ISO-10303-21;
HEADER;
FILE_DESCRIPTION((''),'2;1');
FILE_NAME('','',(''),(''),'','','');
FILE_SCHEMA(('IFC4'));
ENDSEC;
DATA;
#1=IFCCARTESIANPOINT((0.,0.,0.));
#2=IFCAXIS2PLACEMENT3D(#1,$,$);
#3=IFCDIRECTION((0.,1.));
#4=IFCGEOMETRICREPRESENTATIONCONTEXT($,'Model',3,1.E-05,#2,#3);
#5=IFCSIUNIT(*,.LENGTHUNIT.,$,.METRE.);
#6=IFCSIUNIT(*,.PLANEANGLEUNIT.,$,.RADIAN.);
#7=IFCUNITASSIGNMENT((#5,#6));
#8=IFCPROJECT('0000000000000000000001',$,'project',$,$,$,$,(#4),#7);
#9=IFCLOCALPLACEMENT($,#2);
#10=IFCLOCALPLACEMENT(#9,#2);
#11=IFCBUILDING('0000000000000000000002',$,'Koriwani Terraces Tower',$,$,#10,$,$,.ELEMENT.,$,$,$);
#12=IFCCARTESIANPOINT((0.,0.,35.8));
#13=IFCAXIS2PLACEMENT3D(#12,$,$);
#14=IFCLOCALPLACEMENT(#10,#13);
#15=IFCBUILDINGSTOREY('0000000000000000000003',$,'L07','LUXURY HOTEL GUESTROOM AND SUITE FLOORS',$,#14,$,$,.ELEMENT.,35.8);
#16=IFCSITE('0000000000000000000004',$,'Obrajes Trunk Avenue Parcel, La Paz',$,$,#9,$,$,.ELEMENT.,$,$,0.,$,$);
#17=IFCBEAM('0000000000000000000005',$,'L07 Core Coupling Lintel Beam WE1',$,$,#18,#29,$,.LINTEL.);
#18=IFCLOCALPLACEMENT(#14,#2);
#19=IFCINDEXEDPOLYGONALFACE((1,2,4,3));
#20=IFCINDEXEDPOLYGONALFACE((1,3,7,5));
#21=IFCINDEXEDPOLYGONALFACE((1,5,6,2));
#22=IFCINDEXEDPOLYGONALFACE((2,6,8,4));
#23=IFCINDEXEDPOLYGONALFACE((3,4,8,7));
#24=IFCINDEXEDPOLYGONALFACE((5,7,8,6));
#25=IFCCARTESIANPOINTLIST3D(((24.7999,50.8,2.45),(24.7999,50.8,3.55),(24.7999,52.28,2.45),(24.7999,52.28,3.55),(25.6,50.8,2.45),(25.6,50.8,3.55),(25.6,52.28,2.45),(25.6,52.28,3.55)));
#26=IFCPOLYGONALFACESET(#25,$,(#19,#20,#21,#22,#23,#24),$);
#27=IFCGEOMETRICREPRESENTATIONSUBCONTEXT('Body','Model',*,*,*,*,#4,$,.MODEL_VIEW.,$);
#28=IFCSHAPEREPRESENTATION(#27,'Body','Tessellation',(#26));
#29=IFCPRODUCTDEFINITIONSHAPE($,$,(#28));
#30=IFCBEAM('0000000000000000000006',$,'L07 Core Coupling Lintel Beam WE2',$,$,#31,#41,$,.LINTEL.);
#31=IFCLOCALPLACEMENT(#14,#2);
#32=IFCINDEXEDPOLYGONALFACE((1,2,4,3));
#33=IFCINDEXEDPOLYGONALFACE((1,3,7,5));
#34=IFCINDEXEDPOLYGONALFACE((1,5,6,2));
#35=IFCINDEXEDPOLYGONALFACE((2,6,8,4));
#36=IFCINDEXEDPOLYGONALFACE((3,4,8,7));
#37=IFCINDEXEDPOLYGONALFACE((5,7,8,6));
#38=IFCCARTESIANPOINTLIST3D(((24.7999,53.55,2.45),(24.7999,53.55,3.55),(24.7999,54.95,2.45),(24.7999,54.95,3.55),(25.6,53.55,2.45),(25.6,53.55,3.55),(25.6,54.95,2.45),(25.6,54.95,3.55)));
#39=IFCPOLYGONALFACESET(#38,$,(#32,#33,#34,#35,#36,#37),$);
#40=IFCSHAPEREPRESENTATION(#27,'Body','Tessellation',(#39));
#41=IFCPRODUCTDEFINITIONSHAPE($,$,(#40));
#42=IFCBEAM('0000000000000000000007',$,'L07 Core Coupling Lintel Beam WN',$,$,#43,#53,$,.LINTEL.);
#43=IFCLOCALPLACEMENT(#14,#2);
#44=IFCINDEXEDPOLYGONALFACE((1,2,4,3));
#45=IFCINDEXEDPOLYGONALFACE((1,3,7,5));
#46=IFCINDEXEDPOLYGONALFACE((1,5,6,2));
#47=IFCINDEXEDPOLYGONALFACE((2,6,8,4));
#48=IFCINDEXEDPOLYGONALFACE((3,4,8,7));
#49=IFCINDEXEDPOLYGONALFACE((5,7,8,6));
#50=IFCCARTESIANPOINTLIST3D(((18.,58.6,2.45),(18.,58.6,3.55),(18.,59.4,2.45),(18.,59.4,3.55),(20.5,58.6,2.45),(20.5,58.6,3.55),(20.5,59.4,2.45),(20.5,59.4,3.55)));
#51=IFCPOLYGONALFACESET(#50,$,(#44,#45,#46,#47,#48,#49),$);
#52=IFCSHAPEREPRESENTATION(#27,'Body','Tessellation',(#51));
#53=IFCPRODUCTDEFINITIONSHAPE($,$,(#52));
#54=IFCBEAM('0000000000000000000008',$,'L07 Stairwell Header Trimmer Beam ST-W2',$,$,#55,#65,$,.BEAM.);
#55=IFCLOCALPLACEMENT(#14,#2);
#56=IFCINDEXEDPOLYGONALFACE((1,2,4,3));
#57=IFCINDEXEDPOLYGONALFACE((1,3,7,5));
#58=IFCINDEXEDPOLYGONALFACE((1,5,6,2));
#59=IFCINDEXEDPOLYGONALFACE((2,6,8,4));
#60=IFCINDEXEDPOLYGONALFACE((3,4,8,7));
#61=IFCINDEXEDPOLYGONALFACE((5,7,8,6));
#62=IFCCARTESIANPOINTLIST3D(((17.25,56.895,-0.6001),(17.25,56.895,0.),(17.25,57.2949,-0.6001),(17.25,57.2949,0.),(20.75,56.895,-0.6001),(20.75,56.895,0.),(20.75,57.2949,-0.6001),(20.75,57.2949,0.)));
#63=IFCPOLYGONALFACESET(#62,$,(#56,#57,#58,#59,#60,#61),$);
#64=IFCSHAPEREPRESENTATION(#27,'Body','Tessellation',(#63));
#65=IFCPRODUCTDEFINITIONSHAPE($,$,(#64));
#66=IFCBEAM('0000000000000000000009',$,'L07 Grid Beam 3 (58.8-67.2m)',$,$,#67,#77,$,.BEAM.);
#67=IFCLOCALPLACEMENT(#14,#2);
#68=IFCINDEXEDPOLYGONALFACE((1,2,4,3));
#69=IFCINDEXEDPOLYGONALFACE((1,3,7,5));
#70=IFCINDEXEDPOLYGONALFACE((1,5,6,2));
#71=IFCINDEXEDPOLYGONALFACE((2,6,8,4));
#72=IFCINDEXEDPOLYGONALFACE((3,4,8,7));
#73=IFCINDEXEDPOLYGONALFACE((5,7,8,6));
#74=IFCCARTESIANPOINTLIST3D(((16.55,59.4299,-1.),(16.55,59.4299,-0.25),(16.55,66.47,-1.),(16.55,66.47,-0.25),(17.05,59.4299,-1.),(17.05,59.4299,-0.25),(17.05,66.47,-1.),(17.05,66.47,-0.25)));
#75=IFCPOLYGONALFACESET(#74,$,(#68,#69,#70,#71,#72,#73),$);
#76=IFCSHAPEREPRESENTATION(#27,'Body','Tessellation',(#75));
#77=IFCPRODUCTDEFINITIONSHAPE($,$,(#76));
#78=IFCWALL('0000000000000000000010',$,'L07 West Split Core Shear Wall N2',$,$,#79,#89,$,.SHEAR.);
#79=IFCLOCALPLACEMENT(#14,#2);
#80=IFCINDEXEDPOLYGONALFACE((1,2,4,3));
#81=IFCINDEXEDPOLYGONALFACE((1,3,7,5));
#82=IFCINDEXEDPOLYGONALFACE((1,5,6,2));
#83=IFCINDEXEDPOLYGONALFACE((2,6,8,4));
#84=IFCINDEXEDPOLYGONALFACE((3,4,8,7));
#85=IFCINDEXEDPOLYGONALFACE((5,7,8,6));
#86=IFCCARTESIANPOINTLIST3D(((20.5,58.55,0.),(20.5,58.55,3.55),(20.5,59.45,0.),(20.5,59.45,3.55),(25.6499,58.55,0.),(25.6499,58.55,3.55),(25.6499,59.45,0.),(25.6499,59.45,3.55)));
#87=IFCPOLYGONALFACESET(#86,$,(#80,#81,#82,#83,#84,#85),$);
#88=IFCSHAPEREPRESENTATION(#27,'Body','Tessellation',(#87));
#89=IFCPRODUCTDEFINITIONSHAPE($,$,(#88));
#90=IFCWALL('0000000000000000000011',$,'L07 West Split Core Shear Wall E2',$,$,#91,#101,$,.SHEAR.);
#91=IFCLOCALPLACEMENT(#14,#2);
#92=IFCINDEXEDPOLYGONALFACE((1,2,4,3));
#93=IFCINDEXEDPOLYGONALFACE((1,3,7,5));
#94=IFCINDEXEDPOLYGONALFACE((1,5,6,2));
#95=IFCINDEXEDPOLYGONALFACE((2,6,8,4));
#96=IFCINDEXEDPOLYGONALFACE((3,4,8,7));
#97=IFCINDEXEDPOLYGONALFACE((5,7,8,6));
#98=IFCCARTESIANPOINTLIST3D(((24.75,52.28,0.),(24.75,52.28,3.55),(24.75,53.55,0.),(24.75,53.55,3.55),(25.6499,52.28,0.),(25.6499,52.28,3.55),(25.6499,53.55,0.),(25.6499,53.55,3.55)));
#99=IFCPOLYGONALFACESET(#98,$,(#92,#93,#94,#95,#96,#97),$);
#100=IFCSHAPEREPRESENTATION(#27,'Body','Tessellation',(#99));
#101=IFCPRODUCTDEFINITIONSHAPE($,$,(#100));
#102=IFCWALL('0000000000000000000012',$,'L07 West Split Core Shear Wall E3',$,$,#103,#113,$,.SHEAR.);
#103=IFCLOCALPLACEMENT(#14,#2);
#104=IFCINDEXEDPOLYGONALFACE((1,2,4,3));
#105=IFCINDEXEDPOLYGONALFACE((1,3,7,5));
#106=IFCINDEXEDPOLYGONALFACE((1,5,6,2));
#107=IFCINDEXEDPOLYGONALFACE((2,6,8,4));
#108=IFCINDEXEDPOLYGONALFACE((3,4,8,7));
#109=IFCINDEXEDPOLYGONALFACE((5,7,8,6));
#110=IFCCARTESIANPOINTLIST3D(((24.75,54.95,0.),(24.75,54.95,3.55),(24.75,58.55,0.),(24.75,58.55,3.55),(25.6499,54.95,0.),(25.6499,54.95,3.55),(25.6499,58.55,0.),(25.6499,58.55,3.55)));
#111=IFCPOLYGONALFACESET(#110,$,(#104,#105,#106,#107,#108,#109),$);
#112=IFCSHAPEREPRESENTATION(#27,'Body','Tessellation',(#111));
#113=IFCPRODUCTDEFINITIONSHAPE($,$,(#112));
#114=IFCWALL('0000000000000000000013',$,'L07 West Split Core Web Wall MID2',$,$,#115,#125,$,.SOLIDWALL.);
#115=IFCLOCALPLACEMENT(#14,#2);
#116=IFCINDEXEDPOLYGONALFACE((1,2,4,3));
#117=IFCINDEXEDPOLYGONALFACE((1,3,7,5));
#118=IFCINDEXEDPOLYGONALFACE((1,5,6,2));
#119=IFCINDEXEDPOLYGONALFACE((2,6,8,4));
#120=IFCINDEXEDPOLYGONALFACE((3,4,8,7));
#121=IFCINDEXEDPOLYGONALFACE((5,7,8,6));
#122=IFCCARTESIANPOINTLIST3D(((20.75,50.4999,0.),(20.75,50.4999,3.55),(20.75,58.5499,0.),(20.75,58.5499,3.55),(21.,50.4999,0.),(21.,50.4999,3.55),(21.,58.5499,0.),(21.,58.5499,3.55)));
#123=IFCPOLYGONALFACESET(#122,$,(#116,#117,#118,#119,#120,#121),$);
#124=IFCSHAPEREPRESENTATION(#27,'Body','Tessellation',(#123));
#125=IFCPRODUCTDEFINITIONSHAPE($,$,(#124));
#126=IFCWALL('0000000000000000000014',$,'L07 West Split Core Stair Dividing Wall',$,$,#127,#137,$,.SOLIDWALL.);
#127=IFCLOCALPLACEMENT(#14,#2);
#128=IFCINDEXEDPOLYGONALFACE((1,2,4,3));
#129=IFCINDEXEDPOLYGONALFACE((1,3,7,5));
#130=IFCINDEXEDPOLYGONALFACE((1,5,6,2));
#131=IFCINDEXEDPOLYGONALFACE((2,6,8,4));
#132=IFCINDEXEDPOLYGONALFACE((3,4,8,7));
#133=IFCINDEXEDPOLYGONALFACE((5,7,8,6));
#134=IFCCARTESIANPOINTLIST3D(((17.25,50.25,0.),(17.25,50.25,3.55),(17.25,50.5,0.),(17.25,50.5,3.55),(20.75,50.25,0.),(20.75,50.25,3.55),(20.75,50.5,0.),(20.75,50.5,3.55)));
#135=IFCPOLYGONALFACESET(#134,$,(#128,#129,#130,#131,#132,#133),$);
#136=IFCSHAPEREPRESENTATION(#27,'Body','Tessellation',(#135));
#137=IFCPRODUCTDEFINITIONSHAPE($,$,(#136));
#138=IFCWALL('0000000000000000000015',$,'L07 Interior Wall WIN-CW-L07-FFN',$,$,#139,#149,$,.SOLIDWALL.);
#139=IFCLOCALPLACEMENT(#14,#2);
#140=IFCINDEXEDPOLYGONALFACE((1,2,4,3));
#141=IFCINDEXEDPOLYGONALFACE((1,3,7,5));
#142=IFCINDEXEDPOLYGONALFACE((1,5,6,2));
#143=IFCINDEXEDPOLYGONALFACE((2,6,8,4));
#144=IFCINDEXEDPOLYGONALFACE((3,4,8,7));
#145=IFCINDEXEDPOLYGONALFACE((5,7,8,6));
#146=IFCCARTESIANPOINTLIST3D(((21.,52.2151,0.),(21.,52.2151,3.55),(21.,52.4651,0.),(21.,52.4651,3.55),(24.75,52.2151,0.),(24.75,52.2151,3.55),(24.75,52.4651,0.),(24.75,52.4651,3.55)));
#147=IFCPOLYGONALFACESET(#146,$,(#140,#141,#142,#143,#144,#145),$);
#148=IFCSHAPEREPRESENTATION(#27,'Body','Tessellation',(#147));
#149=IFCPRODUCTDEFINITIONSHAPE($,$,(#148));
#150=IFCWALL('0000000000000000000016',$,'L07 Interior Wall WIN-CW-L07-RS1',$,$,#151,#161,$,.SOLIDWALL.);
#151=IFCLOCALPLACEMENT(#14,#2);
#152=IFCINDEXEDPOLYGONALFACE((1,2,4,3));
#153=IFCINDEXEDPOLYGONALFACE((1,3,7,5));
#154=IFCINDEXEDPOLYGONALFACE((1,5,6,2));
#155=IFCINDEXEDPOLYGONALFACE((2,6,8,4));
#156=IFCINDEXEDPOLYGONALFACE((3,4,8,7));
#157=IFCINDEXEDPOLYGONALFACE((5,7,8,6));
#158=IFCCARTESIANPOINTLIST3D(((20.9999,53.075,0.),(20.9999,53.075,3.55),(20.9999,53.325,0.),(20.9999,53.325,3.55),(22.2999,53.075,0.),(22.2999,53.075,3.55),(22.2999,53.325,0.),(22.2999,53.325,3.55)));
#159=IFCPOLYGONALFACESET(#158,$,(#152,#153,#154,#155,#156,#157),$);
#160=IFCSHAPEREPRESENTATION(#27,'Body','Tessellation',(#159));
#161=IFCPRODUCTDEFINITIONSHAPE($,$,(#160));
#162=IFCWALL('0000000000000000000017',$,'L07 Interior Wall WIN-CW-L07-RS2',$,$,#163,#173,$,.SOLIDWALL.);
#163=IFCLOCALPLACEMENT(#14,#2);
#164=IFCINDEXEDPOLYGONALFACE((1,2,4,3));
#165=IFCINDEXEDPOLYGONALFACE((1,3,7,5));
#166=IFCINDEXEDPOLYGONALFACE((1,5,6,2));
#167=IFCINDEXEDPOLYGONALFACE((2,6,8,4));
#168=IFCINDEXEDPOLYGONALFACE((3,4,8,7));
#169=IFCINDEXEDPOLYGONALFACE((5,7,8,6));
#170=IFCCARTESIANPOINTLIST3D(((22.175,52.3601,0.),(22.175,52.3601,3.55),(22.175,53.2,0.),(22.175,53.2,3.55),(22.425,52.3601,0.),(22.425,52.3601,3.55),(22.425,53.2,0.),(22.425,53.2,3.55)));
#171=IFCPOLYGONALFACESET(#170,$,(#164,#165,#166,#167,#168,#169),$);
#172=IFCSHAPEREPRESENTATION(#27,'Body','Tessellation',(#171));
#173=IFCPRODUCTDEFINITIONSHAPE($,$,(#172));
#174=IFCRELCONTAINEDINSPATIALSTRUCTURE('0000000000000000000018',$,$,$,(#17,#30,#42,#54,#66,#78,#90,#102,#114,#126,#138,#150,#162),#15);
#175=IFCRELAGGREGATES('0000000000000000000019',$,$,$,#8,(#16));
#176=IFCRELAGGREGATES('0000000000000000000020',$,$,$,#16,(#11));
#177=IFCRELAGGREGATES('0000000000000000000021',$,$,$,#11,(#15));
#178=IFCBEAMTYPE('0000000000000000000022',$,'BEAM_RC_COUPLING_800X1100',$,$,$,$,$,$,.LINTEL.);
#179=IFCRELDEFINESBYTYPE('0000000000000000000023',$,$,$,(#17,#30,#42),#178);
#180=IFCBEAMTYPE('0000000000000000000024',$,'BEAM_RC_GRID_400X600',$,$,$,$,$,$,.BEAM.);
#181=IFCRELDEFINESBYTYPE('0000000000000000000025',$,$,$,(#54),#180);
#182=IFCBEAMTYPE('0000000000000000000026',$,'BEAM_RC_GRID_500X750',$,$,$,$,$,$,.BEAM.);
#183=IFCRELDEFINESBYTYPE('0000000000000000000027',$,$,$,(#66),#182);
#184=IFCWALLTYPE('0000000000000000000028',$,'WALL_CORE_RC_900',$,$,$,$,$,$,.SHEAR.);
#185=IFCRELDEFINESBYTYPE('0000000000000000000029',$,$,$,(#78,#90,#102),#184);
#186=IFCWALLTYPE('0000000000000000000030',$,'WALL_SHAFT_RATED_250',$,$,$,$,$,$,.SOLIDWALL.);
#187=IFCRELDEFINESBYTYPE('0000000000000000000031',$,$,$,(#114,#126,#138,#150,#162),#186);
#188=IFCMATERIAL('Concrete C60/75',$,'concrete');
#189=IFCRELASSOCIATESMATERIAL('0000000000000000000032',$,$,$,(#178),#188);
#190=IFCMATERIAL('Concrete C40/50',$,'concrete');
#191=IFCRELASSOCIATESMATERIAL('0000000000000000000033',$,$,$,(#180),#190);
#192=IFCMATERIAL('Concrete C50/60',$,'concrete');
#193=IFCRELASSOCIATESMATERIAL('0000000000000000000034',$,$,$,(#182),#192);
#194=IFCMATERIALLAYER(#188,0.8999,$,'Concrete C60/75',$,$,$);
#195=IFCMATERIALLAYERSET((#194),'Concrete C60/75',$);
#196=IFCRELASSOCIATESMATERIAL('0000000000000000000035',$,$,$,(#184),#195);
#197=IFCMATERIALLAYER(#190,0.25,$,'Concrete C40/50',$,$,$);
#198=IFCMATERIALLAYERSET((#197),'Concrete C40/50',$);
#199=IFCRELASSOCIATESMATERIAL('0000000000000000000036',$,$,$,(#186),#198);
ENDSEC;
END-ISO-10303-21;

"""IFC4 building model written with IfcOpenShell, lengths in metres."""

from ifc_helpers import new_model, si_unit, direction, frame, frame_2d, origin, origin_2d, place, context, subcontext, project, spatial, rectangle, extrude, material, layer, layer_set, material_profile, profile_set, type_object, element, save


model = new_model("IFC4")

# Units and contexts
model_context = context("Model", 3, precision=1e-05, world=origin(), true_north=direction((0.0, 1.0)))
body_context = subcontext(model_context, "Body", "Model", "MODEL_VIEW")
ifc_project = project(units=[si_unit("LENGTHUNIT", "METRE"), si_unit("PLANEANGLEUNIT", "RADIAN")], contexts=[model_context])

# Site, building, storey
site_placement = place(None, origin())
site = spatial("IfcSite", under=ifc_project, at=site_placement, Name="Obrajes Trunk Avenue Parcel, La Paz", CompositionType="ELEMENT", RefElevation=0.0)
building_placement = place(site_placement, origin())
building = spatial("IfcBuilding", under=site, at=building_placement, Name="Koriwani Terraces Tower", CompositionType="ELEMENT")
storey_placement = place(building_placement, frame((0.0, 0.0, 35.8)))
storey = spatial("IfcBuildingStorey", under=building, at=storey_placement, Name="L07", Description="LUXURY HOTEL GUESTROOM AND SUITE FLOORS", CompositionType="ELEMENT", Elevation=35.8)

# Beams
ifc_material_1 = material(Name="Concrete C60/75", Category="concrete")
ifc_material_profile_1 = material_profile(ifc_material_1, rectangle(XDim=0.8, YDim=1.1001, at=origin_2d()), Name="Concrete C60/75", Category="LoadBearing")
ifc_profile_set_1 = profile_set([ifc_material_profile_1], Name="Concrete C60/75")
beam_type_1 = type_object("IfcBeamType", Name="BEAM_RC_COUPLING_800X1100", PredefinedType="LINTEL", material=ifc_profile_set_1)
beam_1_placement = place(storey_placement, frame((25.2, 50.8, 3.0), z_axis=(0.0, 1.0, 0.0), x_axis=(-1.0, 0.0, 0.0)))
element("IfcBeam", 1, at=beam_1_placement, inside=storey, type_object=beam_type_1, Name="L07 Core Coupling Lintel Beam WE1", PredefinedType="LINTEL", context=body_context, shape_type="SweptSolid", body=[
    extrude(rectangle(XDim=0.8, YDim=1.1001, at=origin_2d()), origin(), (0.0, 0.0, 1.0), 1.48),
])
beam_2_placement = place(storey_placement, frame((25.2, 53.55, 3.0), z_axis=(0.0, 1.0, 0.0), x_axis=(-1.0, 0.0, 0.0)))
element("IfcBeam", 2, at=beam_2_placement, inside=storey, type_object=beam_type_1, Name="L07 Core Coupling Lintel Beam WE2", PredefinedType="LINTEL", context=body_context, shape_type="SweptSolid", body=[
    extrude(rectangle(XDim=0.8, YDim=1.1001, at=origin_2d()), origin(), (0.0, 0.0, 1.0), 1.3999),
])
beam_3_placement = place(storey_placement, frame((18.0, 59.0, 3.0), z_axis=(1.0, 0.0, 0.0), x_axis=(0.0, 1.0, 0.0)))
element("IfcBeam", 3, at=beam_3_placement, inside=storey, type_object=beam_type_1, Name="L07 Core Coupling Lintel Beam WN", PredefinedType="LINTEL", context=body_context, shape_type="SweptSolid", body=[
    extrude(rectangle(XDim=0.8, YDim=1.1001, at=origin_2d()), origin(), (0.0, 0.0, 1.0), 2.5),
])
ifc_material_2 = material(Name="Concrete C40/50", Category="concrete")
ifc_material_profile_2 = material_profile(ifc_material_2, rectangle(XDim=0.3999, YDim=0.6001, at=origin_2d()), Name="Concrete C40/50", Category="LoadBearing")
ifc_profile_set_2 = profile_set([ifc_material_profile_2], Name="Concrete C40/50")
beam_type_2 = type_object("IfcBeamType", Name="BEAM_RC_GRID_400X600", PredefinedType="BEAM", material=ifc_profile_set_2)
beam_4_placement = place(storey_placement, frame((17.25, 57.095, -0.3), z_axis=(1.0, 0.0, 0.0), x_axis=(0.0, 1.0, 0.0)))
element("IfcBeam", 4, at=beam_4_placement, inside=storey, type_object=beam_type_2, Name="L07 Stairwell Header Trimmer Beam ST-W2", PredefinedType="BEAM", context=body_context, shape_type="SweptSolid", body=[
    extrude(rectangle(XDim=0.3999, YDim=0.6001, at=origin_2d()), origin(), (0.0, 0.0, 1.0), 3.5),
])
ifc_material_3 = material(Name="Concrete C50/60", Category="concrete")
ifc_material_profile_3 = material_profile(ifc_material_3, rectangle(XDim=0.5, YDim=0.75, at=origin_2d()), Name="Concrete C50/60", Category="LoadBearing")
ifc_profile_set_3 = profile_set([ifc_material_profile_3], Name="Concrete C50/60")
beam_type_3 = type_object("IfcBeamType", Name="BEAM_RC_GRID_500X750", PredefinedType="BEAM", material=ifc_profile_set_3)
beam_5_placement = place(storey_placement, frame((16.8, 59.4299, -0.625), z_axis=(0.0, 1.0, 0.0), x_axis=(-1.0, 0.0, 0.0)))
element("IfcBeam", 5, at=beam_5_placement, inside=storey, type_object=beam_type_3, Name="L07 Grid Beam 3 (58.8-67.2m)", PredefinedType="BEAM", context=body_context, shape_type="SweptSolid", body=[
    extrude(rectangle(XDim=0.5, YDim=0.75, at=origin_2d()), origin(), (0.0, 0.0, 1.0), 7.04),
])

# Walls
ifc_layer_1 = layer(ifc_material_1, 0.8999, Name="Concrete C60/75")
ifc_layer_set_1 = layer_set([ifc_layer_1], Name="Concrete C60/75")
wall_type_1 = type_object("IfcWallType", Name="WALL_CORE_RC_900", PredefinedType="SHEAR", material=ifc_layer_set_1)
wall_1_placement = place(storey_placement, frame((20.5, 59.0, 0.0), z_axis=(0.0, 0.0, 1.0), x_axis=(1.0, 0.0, 0.0)))
element("IfcWall", 6, at=wall_1_placement, inside=storey, type_object=wall_type_1, Name="L07 West Split Core Shear Wall N2", PredefinedType="SHEAR", context=body_context, shape_type="SweptSolid", body=[
    extrude(rectangle(XDim=5.1499, YDim=0.8999, at=frame_2d((2.575, 0.0))), origin(), (0.0, 0.0, 1.0), 3.55),
])
wall_2_placement = place(storey_placement, frame((25.2, 52.28, 0.0), z_axis=(0.0, 0.0, 1.0), x_axis=(0.0, 1.0, 0.0)))
element("IfcWall", 7, at=wall_2_placement, inside=storey, type_object=wall_type_1, Name="L07 West Split Core Shear Wall E2", PredefinedType="SHEAR", context=body_context, shape_type="SweptSolid", body=[
    extrude(rectangle(XDim=1.27, YDim=0.8999, at=frame_2d((0.635, 0.0))), origin(), (0.0, 0.0, 1.0), 3.55),
])
wall_3_placement = place(storey_placement, frame((25.2, 54.95, 0.0), z_axis=(0.0, 0.0, 1.0), x_axis=(0.0, 1.0, 0.0)))
element("IfcWall", 8, at=wall_3_placement, inside=storey, type_object=wall_type_1, Name="L07 West Split Core Shear Wall E3", PredefinedType="SHEAR", context=body_context, shape_type="SweptSolid", body=[
    extrude(rectangle(XDim=3.6001, YDim=0.8999, at=frame_2d((1.8, 0.0))), origin(), (0.0, 0.0, 1.0), 3.55),
])
ifc_layer_2 = layer(ifc_material_2, 0.25, Name="Concrete C40/50")
ifc_layer_set_2 = layer_set([ifc_layer_2], Name="Concrete C40/50")
wall_type_2 = type_object("IfcWallType", Name="WALL_SHAFT_RATED_250", PredefinedType="SOLIDWALL", material=ifc_layer_set_2)
wall_4_placement = place(storey_placement, frame((20.875, 50.5, 0.0), z_axis=(0.0, 0.0, 1.0), x_axis=(0.0, 1.0, 0.0)))
element("IfcWall", 9, at=wall_4_placement, inside=storey, type_object=wall_type_2, Name="L07 West Split Core Web Wall MID2", PredefinedType="SOLIDWALL", context=body_context, shape_type="SweptSolid", body=[
    extrude(rectangle(XDim=8.05, YDim=0.25, at=frame_2d((4.0249, 0.0))), origin(), (0.0, 0.0, 1.0), 3.55),
])
wall_5_placement = place(storey_placement, frame((17.25, 50.375, 0.0), z_axis=(0.0, 0.0, 1.0), x_axis=(1.0, 0.0, 0.0)))
element("IfcWall", 10, at=wall_5_placement, inside=storey, type_object=wall_type_2, Name="L07 West Split Core Stair Dividing Wall", PredefinedType="SOLIDWALL", context=body_context, shape_type="SweptSolid", body=[
    extrude(rectangle(XDim=3.5, YDim=0.25, at=frame_2d((1.75, 0.0))), origin(), (0.0, 0.0, 1.0), 3.55),
])

# Wall
wall_6_placement = place(storey_placement, frame((21.0, 52.3401, 0.0), z_axis=(0.0, 0.0, 1.0), x_axis=(1.0, 0.0, 0.0)))
element("IfcWall", 11, at=wall_6_placement, inside=storey, type_object=wall_type_2, Name="L07 Interior Wall WIN-CW-L07-FFN", PredefinedType="SOLIDWALL", context=body_context, shape_type="SweptSolid", body=[
    extrude(rectangle(XDim=3.75, YDim=0.25, at=frame_2d((1.875, 0.0))), origin(), (0.0, 0.0, 1.0), 3.55),
])

# Walls
wall_7_placement = place(storey_placement, frame((21.0, 53.2, 0.0), z_axis=(0.0, 0.0, 1.0), x_axis=(1.0, 0.0, 0.0)))
element("IfcWall", 12, at=wall_7_placement, inside=storey, type_object=wall_type_2, Name="L07 Interior Wall WIN-CW-L07-RS1", PredefinedType="SOLIDWALL", context=body_context, shape_type="SweptSolid", body=[
    extrude(rectangle(XDim=1.3, YDim=0.25, at=frame_2d((0.6499, 0.0))), origin(), (0.0, 0.0, 1.0), 3.55),
])
wall_8_placement = place(storey_placement, frame((22.3, 52.3601, 0.0), z_axis=(0.0, 0.0, 1.0), x_axis=(0.0, 1.0, 0.0)))
element("IfcWall", 13, at=wall_8_placement, inside=storey, type_object=wall_type_2, Name="L07 Interior Wall WIN-CW-L07-RS2", PredefinedType="SOLIDWALL", context=body_context, shape_type="SweptSolid", body=[
    extrude(rectangle(XDim=0.8398, YDim=0.25, at=frame_2d((0.4199, 0.0))), origin(), (0.0, 0.0, 1.0), 3.55),
])

save(model, "model.ifc")
